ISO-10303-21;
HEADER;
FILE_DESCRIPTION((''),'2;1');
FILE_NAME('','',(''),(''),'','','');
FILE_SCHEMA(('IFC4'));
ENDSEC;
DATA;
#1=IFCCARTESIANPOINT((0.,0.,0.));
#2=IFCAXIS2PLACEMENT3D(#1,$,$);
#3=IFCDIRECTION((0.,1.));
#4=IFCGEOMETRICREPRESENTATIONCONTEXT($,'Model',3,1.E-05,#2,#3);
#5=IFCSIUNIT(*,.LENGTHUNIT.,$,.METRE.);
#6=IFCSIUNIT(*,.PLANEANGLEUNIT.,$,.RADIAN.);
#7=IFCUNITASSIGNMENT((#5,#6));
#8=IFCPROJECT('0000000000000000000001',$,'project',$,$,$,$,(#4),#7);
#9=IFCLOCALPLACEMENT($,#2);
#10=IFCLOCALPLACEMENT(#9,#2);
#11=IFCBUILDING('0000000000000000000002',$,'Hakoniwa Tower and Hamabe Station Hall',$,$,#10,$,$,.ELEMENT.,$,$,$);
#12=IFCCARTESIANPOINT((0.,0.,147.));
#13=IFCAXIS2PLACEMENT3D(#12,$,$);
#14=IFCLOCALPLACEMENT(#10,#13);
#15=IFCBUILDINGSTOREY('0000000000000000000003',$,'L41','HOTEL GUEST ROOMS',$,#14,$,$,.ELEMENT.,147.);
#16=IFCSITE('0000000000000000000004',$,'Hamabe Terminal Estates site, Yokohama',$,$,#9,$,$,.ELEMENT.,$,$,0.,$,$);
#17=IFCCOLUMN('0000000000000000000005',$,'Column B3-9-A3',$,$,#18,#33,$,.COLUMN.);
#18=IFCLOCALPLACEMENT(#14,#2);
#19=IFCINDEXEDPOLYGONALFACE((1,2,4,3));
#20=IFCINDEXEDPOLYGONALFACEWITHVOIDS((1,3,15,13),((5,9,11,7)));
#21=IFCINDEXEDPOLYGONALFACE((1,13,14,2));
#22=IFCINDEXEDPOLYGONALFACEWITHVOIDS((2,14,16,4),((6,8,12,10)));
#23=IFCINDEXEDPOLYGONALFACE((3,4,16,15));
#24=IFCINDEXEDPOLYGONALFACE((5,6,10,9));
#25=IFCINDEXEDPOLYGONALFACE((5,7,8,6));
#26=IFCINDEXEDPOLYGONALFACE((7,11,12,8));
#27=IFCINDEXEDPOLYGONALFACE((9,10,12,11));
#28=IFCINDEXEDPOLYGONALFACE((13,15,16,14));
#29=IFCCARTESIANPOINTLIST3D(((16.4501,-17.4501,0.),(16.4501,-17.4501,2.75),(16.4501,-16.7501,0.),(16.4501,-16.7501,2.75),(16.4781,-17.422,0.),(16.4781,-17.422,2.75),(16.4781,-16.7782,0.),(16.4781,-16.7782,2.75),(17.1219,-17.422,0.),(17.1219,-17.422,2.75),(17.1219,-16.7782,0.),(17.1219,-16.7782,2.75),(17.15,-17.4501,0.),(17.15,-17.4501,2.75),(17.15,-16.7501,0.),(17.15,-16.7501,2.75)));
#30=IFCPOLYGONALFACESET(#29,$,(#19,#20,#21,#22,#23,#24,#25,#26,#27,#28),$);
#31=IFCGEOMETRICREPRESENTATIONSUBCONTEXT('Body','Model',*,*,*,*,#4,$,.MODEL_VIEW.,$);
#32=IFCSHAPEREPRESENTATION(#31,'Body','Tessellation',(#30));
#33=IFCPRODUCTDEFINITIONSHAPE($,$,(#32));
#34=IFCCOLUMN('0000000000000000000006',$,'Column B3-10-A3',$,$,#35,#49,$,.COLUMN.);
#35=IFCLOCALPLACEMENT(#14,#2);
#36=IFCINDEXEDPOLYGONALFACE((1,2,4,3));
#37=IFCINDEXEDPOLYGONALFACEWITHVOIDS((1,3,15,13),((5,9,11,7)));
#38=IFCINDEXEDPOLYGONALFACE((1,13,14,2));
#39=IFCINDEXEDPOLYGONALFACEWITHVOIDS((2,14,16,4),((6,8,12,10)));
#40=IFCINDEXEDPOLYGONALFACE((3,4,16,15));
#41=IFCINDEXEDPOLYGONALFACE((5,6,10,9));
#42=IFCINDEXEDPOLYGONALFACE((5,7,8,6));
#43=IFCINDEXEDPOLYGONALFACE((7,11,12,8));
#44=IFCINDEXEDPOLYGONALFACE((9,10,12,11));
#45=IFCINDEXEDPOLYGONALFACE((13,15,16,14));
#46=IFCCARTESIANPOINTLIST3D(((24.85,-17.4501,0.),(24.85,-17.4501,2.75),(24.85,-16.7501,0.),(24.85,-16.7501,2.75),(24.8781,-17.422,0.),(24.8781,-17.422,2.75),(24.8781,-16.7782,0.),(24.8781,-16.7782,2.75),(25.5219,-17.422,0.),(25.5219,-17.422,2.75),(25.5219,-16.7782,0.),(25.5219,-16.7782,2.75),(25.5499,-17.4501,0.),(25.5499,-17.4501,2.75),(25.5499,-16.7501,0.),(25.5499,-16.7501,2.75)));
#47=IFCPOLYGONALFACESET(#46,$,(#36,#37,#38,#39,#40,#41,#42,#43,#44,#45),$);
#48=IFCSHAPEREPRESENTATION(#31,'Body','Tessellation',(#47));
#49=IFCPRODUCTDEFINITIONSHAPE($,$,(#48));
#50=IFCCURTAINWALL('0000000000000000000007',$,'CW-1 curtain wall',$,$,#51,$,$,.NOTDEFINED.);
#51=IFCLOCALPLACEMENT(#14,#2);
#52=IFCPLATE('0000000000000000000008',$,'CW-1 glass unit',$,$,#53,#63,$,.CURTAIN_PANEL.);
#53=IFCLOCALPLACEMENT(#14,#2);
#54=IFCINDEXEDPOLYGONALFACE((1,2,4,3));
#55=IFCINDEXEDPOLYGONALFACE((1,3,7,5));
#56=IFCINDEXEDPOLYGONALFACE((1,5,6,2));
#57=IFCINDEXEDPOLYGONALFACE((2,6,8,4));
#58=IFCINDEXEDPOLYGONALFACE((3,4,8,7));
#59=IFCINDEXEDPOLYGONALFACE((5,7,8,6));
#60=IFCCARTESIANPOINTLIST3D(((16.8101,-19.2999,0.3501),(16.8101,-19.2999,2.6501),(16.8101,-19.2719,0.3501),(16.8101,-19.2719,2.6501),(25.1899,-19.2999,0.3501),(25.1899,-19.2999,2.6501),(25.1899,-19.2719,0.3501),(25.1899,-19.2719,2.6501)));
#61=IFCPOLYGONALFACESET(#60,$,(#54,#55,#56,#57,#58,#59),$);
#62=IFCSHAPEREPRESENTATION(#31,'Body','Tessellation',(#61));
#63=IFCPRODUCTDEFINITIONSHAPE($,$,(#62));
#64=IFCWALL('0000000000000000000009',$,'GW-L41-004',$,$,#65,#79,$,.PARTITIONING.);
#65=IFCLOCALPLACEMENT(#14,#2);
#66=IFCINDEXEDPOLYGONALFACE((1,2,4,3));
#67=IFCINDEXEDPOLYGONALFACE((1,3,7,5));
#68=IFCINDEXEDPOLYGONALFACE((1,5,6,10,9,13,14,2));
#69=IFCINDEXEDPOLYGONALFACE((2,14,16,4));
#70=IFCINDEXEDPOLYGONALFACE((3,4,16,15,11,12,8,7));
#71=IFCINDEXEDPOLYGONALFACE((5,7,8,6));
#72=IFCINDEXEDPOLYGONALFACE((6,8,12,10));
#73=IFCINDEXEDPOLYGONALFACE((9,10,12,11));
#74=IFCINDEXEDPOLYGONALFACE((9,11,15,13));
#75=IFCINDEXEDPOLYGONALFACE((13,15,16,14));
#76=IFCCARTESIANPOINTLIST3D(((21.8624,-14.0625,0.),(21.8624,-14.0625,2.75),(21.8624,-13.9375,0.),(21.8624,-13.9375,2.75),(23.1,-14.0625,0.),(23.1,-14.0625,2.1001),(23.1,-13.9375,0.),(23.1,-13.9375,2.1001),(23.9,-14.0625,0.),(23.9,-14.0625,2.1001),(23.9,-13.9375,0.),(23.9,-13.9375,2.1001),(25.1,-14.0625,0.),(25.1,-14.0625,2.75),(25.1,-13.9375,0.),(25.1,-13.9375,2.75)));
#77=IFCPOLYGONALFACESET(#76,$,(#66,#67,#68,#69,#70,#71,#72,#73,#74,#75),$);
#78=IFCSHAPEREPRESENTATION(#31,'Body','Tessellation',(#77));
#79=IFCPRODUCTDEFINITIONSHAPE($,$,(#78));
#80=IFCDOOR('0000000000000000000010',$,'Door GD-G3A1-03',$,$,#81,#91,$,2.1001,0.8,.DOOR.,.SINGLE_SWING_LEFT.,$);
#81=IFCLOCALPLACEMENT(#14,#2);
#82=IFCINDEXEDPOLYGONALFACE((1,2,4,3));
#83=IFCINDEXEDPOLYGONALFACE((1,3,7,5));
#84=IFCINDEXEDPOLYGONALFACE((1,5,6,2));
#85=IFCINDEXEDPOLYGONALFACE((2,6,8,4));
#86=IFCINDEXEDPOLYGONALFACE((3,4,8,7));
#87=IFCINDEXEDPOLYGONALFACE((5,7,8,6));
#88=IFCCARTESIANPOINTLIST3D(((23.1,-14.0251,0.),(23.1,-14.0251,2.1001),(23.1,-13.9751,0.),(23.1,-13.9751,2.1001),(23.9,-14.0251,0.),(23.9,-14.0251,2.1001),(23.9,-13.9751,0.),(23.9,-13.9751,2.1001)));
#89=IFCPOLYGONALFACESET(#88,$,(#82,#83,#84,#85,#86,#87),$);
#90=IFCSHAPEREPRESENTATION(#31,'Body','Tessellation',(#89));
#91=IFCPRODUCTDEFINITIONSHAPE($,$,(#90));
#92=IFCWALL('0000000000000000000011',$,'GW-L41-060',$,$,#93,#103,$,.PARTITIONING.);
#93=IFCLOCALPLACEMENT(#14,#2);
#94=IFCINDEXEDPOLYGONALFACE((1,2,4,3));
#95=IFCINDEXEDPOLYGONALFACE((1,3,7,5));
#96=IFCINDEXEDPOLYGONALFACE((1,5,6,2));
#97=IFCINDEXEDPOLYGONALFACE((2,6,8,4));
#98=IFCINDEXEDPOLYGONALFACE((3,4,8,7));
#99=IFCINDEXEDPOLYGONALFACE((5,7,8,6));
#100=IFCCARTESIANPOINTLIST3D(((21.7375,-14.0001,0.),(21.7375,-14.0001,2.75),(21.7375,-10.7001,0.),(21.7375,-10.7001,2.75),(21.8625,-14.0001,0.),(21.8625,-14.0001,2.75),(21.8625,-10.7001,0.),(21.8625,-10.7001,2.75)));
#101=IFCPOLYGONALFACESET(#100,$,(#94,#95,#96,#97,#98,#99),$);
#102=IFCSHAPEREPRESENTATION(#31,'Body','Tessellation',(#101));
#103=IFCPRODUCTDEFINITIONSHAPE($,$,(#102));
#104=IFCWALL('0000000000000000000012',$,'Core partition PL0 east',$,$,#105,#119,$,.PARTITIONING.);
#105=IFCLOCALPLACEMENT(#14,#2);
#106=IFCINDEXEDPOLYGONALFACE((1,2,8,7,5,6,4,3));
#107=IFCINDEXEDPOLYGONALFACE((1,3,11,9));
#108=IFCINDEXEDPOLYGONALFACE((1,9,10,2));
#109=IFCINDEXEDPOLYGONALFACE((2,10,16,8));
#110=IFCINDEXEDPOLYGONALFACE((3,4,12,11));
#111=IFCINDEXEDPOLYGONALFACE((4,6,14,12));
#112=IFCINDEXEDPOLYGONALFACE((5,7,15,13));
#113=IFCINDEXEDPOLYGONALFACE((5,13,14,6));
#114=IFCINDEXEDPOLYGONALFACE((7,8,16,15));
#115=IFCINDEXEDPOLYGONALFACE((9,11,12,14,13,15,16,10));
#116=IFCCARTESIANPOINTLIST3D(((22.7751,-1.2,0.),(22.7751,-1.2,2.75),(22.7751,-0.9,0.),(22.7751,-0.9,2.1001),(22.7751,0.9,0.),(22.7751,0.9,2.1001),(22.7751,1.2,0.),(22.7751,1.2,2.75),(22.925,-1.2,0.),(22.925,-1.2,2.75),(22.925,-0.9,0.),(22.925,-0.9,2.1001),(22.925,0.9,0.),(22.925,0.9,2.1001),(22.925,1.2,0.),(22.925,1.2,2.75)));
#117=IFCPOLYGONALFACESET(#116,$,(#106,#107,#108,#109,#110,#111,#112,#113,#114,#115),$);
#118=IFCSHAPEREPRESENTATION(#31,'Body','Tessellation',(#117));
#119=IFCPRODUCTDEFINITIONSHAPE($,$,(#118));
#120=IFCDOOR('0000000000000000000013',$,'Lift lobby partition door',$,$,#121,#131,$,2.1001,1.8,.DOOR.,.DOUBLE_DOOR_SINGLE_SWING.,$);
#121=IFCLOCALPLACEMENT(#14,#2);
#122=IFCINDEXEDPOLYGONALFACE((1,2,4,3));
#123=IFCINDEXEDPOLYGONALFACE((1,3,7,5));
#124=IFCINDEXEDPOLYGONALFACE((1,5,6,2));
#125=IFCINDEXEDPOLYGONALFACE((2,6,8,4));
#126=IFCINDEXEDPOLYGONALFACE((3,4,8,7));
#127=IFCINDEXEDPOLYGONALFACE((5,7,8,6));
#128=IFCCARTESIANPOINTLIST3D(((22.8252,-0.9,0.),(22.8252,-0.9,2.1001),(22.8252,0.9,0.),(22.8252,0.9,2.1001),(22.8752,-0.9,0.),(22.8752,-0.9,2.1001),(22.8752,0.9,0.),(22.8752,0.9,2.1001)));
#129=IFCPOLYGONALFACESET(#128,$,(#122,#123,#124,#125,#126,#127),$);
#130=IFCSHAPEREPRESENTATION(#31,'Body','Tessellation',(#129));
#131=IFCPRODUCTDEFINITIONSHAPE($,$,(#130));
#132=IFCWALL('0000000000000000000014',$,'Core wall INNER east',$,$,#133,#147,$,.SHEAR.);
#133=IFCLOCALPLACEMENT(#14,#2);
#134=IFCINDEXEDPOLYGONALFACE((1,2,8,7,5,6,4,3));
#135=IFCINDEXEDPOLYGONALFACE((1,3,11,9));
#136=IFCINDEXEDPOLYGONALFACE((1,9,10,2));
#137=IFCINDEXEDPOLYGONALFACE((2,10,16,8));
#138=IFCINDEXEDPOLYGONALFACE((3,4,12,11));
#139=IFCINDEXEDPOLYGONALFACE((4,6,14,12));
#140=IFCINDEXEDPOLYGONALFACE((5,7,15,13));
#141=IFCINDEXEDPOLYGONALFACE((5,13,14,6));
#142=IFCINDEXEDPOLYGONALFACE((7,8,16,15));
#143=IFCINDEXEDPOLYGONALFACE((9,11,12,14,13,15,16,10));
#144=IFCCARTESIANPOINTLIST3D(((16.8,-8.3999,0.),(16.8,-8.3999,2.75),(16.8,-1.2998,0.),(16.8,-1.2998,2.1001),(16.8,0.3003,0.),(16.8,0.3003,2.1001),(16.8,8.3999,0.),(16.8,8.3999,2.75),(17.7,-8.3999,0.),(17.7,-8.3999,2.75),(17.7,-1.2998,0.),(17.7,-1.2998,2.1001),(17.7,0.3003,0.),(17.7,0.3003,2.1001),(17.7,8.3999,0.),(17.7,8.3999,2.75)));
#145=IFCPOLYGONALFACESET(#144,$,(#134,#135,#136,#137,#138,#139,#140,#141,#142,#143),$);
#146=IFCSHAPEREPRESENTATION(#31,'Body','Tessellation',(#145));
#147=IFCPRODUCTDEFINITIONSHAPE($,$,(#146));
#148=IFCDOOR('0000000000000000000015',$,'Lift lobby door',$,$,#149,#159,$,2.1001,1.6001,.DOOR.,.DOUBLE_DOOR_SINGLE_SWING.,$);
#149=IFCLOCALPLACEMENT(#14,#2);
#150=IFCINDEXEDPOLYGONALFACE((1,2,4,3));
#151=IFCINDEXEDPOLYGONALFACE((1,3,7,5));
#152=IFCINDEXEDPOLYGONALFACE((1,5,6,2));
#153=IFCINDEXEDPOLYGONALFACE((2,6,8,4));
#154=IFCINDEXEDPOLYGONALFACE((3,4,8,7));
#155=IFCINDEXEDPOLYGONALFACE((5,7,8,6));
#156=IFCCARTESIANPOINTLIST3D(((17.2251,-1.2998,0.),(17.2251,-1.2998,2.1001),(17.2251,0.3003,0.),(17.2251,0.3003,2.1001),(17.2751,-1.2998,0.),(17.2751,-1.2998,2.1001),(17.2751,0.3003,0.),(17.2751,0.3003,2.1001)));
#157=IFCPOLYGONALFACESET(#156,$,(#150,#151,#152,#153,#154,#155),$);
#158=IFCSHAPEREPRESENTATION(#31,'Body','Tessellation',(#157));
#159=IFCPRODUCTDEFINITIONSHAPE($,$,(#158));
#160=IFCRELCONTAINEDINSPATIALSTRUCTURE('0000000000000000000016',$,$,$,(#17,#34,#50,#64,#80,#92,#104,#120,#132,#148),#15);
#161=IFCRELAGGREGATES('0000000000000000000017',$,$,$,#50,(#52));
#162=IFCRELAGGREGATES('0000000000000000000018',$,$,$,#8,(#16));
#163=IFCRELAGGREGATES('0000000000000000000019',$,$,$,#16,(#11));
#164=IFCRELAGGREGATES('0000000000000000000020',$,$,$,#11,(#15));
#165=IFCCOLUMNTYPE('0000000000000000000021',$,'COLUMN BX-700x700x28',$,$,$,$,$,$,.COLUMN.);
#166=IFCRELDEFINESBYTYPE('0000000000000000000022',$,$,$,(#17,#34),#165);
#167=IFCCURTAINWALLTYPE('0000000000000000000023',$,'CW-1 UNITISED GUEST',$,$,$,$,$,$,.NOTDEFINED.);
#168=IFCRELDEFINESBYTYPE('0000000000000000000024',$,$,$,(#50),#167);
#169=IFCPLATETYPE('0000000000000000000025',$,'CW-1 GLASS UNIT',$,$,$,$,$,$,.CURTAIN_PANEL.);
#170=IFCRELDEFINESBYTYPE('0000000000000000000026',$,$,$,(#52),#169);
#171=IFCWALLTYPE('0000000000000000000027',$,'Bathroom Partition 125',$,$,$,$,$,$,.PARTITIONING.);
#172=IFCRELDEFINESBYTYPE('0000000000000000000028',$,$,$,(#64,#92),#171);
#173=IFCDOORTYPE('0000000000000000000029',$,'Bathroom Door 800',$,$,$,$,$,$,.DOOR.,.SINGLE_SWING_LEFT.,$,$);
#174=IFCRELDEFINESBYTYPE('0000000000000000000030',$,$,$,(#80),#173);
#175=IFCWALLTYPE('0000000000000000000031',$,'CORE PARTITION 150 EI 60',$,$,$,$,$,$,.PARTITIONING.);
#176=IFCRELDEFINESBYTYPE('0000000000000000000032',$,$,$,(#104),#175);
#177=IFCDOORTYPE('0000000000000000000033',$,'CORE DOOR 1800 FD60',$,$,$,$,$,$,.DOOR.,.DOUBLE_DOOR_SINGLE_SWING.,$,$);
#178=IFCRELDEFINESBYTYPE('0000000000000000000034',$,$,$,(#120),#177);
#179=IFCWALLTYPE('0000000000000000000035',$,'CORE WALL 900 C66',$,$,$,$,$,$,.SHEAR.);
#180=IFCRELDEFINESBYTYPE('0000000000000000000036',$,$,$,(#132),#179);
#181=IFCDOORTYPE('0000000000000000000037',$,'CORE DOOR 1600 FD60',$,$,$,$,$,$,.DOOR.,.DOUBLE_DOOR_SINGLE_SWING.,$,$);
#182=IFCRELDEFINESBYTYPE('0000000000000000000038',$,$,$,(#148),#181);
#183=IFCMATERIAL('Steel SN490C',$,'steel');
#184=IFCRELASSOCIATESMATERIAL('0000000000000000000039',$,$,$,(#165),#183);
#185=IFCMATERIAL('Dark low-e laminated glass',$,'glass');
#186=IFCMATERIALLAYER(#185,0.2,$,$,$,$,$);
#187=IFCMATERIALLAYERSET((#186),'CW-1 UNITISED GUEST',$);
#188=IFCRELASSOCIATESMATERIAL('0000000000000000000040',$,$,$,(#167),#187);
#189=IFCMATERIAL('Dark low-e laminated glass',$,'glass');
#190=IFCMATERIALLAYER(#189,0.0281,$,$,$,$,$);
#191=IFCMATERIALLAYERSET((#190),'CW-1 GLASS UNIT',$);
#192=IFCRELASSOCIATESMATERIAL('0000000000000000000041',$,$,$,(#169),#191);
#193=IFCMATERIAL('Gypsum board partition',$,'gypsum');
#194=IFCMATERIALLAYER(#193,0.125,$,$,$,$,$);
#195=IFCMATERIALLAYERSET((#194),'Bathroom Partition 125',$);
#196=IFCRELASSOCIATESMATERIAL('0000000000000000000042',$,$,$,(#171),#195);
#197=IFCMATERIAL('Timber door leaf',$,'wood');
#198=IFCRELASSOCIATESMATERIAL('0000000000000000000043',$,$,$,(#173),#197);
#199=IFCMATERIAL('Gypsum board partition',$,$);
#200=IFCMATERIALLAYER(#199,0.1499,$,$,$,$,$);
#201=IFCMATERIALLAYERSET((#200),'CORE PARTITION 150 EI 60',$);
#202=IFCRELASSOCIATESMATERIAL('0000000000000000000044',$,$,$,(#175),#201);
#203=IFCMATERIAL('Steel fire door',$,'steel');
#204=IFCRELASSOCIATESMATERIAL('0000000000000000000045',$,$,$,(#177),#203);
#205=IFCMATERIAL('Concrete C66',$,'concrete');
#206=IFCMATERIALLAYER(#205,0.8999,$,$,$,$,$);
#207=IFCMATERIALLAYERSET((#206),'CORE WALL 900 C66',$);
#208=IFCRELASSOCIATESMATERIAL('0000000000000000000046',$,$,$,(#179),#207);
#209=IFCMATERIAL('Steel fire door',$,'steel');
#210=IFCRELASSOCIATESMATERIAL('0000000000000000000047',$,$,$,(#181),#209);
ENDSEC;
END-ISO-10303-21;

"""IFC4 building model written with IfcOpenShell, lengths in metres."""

from ifc_helpers import new_model, si_unit, direction, frame, frame_2d, origin, origin_2d, place, context, subcontext, project, spatial, rectangle, hollow_rectangle, extrude, material, layer, layer_set, material_profile, profile_set, type_object, element, fill, aggregate, save


model = new_model("IFC4")

# Units and contexts
model_context = context("Model", 3, precision=1e-05, world=origin(), true_north=direction((0.0, 1.0)))
body_context = subcontext(model_context, "Body", "Model", "MODEL_VIEW")
ifc_project = project(units=[si_unit("LENGTHUNIT", "METRE"), si_unit("PLANEANGLEUNIT", "RADIAN")], contexts=[model_context])

# Site, building, storey
site_placement = place(None, origin())
site = spatial("IfcSite", under=ifc_project, at=site_placement, Name="Hamabe Terminal Estates site, Yokohama", CompositionType="ELEMENT", RefElevation=0.0)
building_placement = place(site_placement, origin())
building = spatial("IfcBuilding", under=site, at=building_placement, Name="Hakoniwa Tower and Hamabe Station Hall", CompositionType="ELEMENT")
storey_placement = place(building_placement, frame((0.0, 0.0, 147.0)))
storey = spatial("IfcBuildingStorey", under=building, at=storey_placement, Name="L41", Description="HOTEL GUEST ROOMS", CompositionType="ELEMENT", Elevation=147.0)

# Columns
ifc_material_1 = material(Name="Steel SN490C", Category="steel")
ifc_material_profile = material_profile(ifc_material_1, hollow_rectangle(XDim=0.7, YDim=0.7, WallThickness=0.0281, at=origin_2d()), Name="BX-700x700x28")
ifc_profile_set = profile_set([ifc_material_profile], Name="Steel SN490C")
column_type = type_object("IfcColumnType", Name="COLUMN BX-700x700x28", PredefinedType="COLUMN", material=ifc_profile_set)
for number, where, z_axis, x_axis, name in (
    (1, (16.8, -17.1001, 0.0), (0.0, 0.0, 1.0), (1.0, 0.0, 0.0), "Column B3-9-A3"),
    (2, (25.2, -17.1001, 0.0), (0.0, 0.0, 1.0), (1.0, 0.0, 0.0), "Column B3-10-A3"),
):
    element("IfcColumn", number, at=place(storey_placement, frame(where, z_axis=z_axis, x_axis=x_axis)), inside=storey, type_object=column_type, Name=name, PredefinedType="COLUMN", context=body_context, shape_type="SweptSolid", body=[
        extrude(hollow_rectangle(XDim=0.7, YDim=0.7, WallThickness=0.0281, at=origin_2d()), origin(), (0.0, 0.0, 1.0), 2.75),
    ])

# Curtain wall, plate
ifc_material_2 = material(Name="Dark low-e laminated glass", Category="glass")
ifc_layer_1 = layer(ifc_material_2, 0.2)
ifc_layer_set_1 = layer_set([ifc_layer_1], Name="CW-1 UNITISED GUEST")
curtain_wall_type = type_object("IfcCurtainWallType", Name="CW-1 UNITISED GUEST", PredefinedType="NOTDEFINED", material=ifc_layer_set_1)
curtain_wall_placement = place(storey_placement, origin())
curtain_wall = element("IfcCurtainWall", 3, at=curtain_wall_placement, inside=storey, type_object=curtain_wall_type, Name="CW-1 curtain wall", PredefinedType="NOTDEFINED")
ifc_material_3 = material(Name="Dark low-e laminated glass", Category="glass")
ifc_layer_2 = layer(ifc_material_3, 0.0281)
ifc_layer_set_2 = layer_set([ifc_layer_2], Name="CW-1 GLASS UNIT")
plate_type = type_object("IfcPlateType", Name="CW-1 GLASS UNIT", PredefinedType="CURTAIN_PANEL", material=ifc_layer_set_2)
plate_placement = place(storey_placement, frame((21.0, -19.2859, 0.3501), z_axis=(0.0, 0.0, 1.0), x_axis=(1.0, 0.0, 0.0)))
plate = element("IfcPlate", 4, at=plate_placement, type_object=plate_type, Name="CW-1 glass unit", PredefinedType="CURTAIN_PANEL", context=body_context, shape_type="SweptSolid", body=[
    extrude(rectangle(XDim=8.3799, YDim=0.0281, at=origin_2d()), origin(), (0.0, 0.0, 1.0), 2.3),
])
aggregate(curtain_wall, [plate])

# Wall, opening, door
ifc_material_4 = material(Name="Gypsum board partition", Category="gypsum")
ifc_layer_3 = layer(ifc_material_4, 0.125)
ifc_layer_set_3 = layer_set([ifc_layer_3], Name="Bathroom Partition 125")
wall_type_1 = type_object("IfcWallType", Name="Bathroom Partition 125", PredefinedType="PARTITIONING", material=ifc_layer_set_3)
wall_1_placement = place(storey_placement, frame((21.8625, -14.0, 0.0), z_axis=(0.0, 0.0, 1.0), x_axis=(1.0, 0.0, 0.0)))
wall_1 = element("IfcWall", 5, at=wall_1_placement, inside=storey, type_object=wall_type_1, Name="GW-L41-004", PredefinedType="PARTITIONING", context=body_context, shape_type="SweptSolid", body=[
    extrude(rectangle(XDim=3.2375, YDim=0.125, at=frame_2d((1.6187, 0.0))), origin(), (0.0, 0.0, 1.0), 2.75),
])
opening_1_placement = place(wall_1_placement, frame((1.2375, 0.0, 0.0)))
opening_1 = element("IfcOpeningElement", 6, at=opening_1_placement, cuts=wall_1, PredefinedType="OPENING", context=body_context, shape_type="SweptSolid", body=[
    extrude(rectangle(XDim=0.8, YDim=2.1001, at=frame_2d((0.3999, 1.05))), frame((0.0, 0.0725, 0.0), z_axis=(0.0, -1.0, 0.0), x_axis=(1.0, 0.0, 0.0)), (0.0, 0.0, 1.0), 0.145),
])
ifc_material_5 = material(Name="Timber door leaf", Category="wood")
door_type_1 = type_object("IfcDoorType", Name="Bathroom Door 800", OperationType="SINGLE_SWING_LEFT", PredefinedType="DOOR", material=ifc_material_5)
door_1_placement = place(opening_1_placement, origin())
door_1 = element("IfcDoor", 7, at=door_1_placement, inside=storey, type_object=door_type_1, Name="Door GD-G3A1-03", OperationType="SINGLE_SWING_LEFT", OverallHeight=2.1001, OverallWidth=0.8, PredefinedType="DOOR", context=body_context, shape_type="SweptSolid", body=[
    extrude(rectangle(XDim=0.8, YDim=2.1001, at=frame_2d((0.3999, 1.05))), frame((0.0, 0.0249, 0.0), z_axis=(0.0, -1.0, 0.0), x_axis=(1.0, 0.0, 0.0)), (0.0, 0.0, 1.0), 0.05),
])
fill(opening_1, door_1)

# Wall
wall_2_placement = place(storey_placement, frame((21.8, -14.0, 0.0), z_axis=(0.0, 0.0, 1.0), x_axis=(0.0, 1.0, 0.0)))
element("IfcWall", 8, at=wall_2_placement, inside=storey, type_object=wall_type_1, Name="GW-L41-060", PredefinedType="PARTITIONING", context=body_context, shape_type="SweptSolid", body=[
    extrude(rectangle(XDim=3.3, YDim=0.125, at=frame_2d((1.6499, 0.0))), origin(), (0.0, 0.0, 1.0), 2.75),
])

# Walls, openings, doors
ifc_material_6 = material(Name="Gypsum board partition")
ifc_layer_4 = layer(ifc_material_6, 0.1499)
ifc_layer_set_4 = layer_set([ifc_layer_4], Name="CORE PARTITION 150 EI 60")
wall_type_2 = type_object("IfcWallType", Name="CORE PARTITION 150 EI 60", PredefinedType="PARTITIONING", material=ifc_layer_set_4)
wall_3_placement = place(storey_placement, frame((22.8501, -1.2, 0.0), z_axis=(0.0, 0.0, 1.0), x_axis=(0.0, 1.0, 0.0)))
wall_3 = element("IfcWall", 9, at=wall_3_placement, inside=storey, type_object=wall_type_2, Name="Core partition PL0 east", PredefinedType="PARTITIONING", context=body_context, shape_type="SweptSolid", body=[
    extrude(rectangle(XDim=2.3999, YDim=0.1499, at=frame_2d((1.2, 0.0))), origin(), (0.0, 0.0, 1.0), 2.75),
])
opening_2_placement = place(wall_3_placement, frame((0.3, 0.0, 0.0)))
opening_2 = element("IfcOpeningElement", 10, at=opening_2_placement, cuts=wall_3, PredefinedType="OPENING", context=body_context, shape_type="SweptSolid", body=[
    extrude(rectangle(XDim=1.8, YDim=2.1001, at=frame_2d((0.8999, 1.05))), frame((0.0, 0.085, 0.0), z_axis=(0.0, -1.0, 0.0), x_axis=(1.0, 0.0, 0.0)), (0.0, 0.0, 1.0), 0.1699),
])
ifc_material_7 = material(Name="Steel fire door", Category="steel")
door_type_2 = type_object("IfcDoorType", Name="CORE DOOR 1800 FD60", OperationType="DOUBLE_DOOR_SINGLE_SWING", PredefinedType="DOOR", material=ifc_material_7)
door_2_placement = place(opening_2_placement, origin())
door_2 = element("IfcDoor", 11, at=door_2_placement, inside=storey, type_object=door_type_2, Name="Lift lobby partition door", OperationType="DOUBLE_DOOR_SINGLE_SWING", OverallHeight=2.1001, OverallWidth=1.8, PredefinedType="DOOR", context=body_context, shape_type="SweptSolid", body=[
    extrude(rectangle(XDim=1.8, YDim=2.1001, at=frame_2d((0.8999, 1.05))), frame((0.0, 0.0249, 0.0), z_axis=(0.0, -1.0, 0.0), x_axis=(1.0, 0.0, 0.0)), (0.0, 0.0, 1.0), 0.05),
])
fill(opening_2, door_2)
ifc_material_8 = material(Name="Concrete C66", Category="concrete")
ifc_layer_5 = layer(ifc_material_8, 0.8999)
ifc_layer_set_5 = layer_set([ifc_layer_5], Name="CORE WALL 900 C66")
wall_type_3 = type_object("IfcWallType", Name="CORE WALL 900 C66", PredefinedType="SHEAR", material=ifc_layer_set_5)
wall_4_placement = place(storey_placement, frame((17.25, -8.3999, 0.0), z_axis=(0.0, 0.0, 1.0), x_axis=(0.0, 1.0, 0.0)))
wall_4 = element("IfcWall", 12, at=wall_4_placement, inside=storey, type_object=wall_type_3, Name="Core wall INNER east", PredefinedType="SHEAR", context=body_context, shape_type="SweptSolid", body=[
    extrude(rectangle(XDim=16.7998, YDim=0.8999, at=frame_2d((8.3999, 0.0))), origin(), (0.0, 0.0, 1.0), 2.75),
])
opening_3_placement = place(wall_4_placement, frame((7.1001, 0.0, 0.0)))
opening_3 = element("IfcOpeningElement", 13, at=opening_3_placement, cuts=wall_4, PredefinedType="OPENING", context=body_context, shape_type="SweptSolid", body=[
    extrude(rectangle(XDim=1.6001, YDim=2.1001, at=frame_2d((0.8, 1.05))), frame((0.0, 0.46, 0.0), z_axis=(0.0, -1.0, 0.0), x_axis=(1.0, 0.0, 0.0)), (0.0, 0.0, 1.0), 0.9199),
])
ifc_material_9 = material(Name="Steel fire door", Category="steel")
door_type_3 = type_object("IfcDoorType", Name="CORE DOOR 1600 FD60", OperationType="DOUBLE_DOOR_SINGLE_SWING", PredefinedType="DOOR", material=ifc_material_9)
door_3_placement = place(opening_3_placement, origin())
door_3 = element("IfcDoor", 14, at=door_3_placement, inside=storey, type_object=door_type_3, Name="Lift lobby door", OperationType="DOUBLE_DOOR_SINGLE_SWING", OverallHeight=2.1001, OverallWidth=1.6001, PredefinedType="DOOR", context=body_context, shape_type="SweptSolid", body=[
    extrude(rectangle(XDim=1.6001, YDim=2.1001, at=frame_2d((0.8, 1.05))), frame((0.0, 0.0249, 0.0), z_axis=(0.0, -1.0, 0.0), x_axis=(1.0, 0.0, 0.0)), (0.0, 0.0, 1.0), 0.05),
])
fill(opening_3, door_3)

save(model, "model.ifc")
